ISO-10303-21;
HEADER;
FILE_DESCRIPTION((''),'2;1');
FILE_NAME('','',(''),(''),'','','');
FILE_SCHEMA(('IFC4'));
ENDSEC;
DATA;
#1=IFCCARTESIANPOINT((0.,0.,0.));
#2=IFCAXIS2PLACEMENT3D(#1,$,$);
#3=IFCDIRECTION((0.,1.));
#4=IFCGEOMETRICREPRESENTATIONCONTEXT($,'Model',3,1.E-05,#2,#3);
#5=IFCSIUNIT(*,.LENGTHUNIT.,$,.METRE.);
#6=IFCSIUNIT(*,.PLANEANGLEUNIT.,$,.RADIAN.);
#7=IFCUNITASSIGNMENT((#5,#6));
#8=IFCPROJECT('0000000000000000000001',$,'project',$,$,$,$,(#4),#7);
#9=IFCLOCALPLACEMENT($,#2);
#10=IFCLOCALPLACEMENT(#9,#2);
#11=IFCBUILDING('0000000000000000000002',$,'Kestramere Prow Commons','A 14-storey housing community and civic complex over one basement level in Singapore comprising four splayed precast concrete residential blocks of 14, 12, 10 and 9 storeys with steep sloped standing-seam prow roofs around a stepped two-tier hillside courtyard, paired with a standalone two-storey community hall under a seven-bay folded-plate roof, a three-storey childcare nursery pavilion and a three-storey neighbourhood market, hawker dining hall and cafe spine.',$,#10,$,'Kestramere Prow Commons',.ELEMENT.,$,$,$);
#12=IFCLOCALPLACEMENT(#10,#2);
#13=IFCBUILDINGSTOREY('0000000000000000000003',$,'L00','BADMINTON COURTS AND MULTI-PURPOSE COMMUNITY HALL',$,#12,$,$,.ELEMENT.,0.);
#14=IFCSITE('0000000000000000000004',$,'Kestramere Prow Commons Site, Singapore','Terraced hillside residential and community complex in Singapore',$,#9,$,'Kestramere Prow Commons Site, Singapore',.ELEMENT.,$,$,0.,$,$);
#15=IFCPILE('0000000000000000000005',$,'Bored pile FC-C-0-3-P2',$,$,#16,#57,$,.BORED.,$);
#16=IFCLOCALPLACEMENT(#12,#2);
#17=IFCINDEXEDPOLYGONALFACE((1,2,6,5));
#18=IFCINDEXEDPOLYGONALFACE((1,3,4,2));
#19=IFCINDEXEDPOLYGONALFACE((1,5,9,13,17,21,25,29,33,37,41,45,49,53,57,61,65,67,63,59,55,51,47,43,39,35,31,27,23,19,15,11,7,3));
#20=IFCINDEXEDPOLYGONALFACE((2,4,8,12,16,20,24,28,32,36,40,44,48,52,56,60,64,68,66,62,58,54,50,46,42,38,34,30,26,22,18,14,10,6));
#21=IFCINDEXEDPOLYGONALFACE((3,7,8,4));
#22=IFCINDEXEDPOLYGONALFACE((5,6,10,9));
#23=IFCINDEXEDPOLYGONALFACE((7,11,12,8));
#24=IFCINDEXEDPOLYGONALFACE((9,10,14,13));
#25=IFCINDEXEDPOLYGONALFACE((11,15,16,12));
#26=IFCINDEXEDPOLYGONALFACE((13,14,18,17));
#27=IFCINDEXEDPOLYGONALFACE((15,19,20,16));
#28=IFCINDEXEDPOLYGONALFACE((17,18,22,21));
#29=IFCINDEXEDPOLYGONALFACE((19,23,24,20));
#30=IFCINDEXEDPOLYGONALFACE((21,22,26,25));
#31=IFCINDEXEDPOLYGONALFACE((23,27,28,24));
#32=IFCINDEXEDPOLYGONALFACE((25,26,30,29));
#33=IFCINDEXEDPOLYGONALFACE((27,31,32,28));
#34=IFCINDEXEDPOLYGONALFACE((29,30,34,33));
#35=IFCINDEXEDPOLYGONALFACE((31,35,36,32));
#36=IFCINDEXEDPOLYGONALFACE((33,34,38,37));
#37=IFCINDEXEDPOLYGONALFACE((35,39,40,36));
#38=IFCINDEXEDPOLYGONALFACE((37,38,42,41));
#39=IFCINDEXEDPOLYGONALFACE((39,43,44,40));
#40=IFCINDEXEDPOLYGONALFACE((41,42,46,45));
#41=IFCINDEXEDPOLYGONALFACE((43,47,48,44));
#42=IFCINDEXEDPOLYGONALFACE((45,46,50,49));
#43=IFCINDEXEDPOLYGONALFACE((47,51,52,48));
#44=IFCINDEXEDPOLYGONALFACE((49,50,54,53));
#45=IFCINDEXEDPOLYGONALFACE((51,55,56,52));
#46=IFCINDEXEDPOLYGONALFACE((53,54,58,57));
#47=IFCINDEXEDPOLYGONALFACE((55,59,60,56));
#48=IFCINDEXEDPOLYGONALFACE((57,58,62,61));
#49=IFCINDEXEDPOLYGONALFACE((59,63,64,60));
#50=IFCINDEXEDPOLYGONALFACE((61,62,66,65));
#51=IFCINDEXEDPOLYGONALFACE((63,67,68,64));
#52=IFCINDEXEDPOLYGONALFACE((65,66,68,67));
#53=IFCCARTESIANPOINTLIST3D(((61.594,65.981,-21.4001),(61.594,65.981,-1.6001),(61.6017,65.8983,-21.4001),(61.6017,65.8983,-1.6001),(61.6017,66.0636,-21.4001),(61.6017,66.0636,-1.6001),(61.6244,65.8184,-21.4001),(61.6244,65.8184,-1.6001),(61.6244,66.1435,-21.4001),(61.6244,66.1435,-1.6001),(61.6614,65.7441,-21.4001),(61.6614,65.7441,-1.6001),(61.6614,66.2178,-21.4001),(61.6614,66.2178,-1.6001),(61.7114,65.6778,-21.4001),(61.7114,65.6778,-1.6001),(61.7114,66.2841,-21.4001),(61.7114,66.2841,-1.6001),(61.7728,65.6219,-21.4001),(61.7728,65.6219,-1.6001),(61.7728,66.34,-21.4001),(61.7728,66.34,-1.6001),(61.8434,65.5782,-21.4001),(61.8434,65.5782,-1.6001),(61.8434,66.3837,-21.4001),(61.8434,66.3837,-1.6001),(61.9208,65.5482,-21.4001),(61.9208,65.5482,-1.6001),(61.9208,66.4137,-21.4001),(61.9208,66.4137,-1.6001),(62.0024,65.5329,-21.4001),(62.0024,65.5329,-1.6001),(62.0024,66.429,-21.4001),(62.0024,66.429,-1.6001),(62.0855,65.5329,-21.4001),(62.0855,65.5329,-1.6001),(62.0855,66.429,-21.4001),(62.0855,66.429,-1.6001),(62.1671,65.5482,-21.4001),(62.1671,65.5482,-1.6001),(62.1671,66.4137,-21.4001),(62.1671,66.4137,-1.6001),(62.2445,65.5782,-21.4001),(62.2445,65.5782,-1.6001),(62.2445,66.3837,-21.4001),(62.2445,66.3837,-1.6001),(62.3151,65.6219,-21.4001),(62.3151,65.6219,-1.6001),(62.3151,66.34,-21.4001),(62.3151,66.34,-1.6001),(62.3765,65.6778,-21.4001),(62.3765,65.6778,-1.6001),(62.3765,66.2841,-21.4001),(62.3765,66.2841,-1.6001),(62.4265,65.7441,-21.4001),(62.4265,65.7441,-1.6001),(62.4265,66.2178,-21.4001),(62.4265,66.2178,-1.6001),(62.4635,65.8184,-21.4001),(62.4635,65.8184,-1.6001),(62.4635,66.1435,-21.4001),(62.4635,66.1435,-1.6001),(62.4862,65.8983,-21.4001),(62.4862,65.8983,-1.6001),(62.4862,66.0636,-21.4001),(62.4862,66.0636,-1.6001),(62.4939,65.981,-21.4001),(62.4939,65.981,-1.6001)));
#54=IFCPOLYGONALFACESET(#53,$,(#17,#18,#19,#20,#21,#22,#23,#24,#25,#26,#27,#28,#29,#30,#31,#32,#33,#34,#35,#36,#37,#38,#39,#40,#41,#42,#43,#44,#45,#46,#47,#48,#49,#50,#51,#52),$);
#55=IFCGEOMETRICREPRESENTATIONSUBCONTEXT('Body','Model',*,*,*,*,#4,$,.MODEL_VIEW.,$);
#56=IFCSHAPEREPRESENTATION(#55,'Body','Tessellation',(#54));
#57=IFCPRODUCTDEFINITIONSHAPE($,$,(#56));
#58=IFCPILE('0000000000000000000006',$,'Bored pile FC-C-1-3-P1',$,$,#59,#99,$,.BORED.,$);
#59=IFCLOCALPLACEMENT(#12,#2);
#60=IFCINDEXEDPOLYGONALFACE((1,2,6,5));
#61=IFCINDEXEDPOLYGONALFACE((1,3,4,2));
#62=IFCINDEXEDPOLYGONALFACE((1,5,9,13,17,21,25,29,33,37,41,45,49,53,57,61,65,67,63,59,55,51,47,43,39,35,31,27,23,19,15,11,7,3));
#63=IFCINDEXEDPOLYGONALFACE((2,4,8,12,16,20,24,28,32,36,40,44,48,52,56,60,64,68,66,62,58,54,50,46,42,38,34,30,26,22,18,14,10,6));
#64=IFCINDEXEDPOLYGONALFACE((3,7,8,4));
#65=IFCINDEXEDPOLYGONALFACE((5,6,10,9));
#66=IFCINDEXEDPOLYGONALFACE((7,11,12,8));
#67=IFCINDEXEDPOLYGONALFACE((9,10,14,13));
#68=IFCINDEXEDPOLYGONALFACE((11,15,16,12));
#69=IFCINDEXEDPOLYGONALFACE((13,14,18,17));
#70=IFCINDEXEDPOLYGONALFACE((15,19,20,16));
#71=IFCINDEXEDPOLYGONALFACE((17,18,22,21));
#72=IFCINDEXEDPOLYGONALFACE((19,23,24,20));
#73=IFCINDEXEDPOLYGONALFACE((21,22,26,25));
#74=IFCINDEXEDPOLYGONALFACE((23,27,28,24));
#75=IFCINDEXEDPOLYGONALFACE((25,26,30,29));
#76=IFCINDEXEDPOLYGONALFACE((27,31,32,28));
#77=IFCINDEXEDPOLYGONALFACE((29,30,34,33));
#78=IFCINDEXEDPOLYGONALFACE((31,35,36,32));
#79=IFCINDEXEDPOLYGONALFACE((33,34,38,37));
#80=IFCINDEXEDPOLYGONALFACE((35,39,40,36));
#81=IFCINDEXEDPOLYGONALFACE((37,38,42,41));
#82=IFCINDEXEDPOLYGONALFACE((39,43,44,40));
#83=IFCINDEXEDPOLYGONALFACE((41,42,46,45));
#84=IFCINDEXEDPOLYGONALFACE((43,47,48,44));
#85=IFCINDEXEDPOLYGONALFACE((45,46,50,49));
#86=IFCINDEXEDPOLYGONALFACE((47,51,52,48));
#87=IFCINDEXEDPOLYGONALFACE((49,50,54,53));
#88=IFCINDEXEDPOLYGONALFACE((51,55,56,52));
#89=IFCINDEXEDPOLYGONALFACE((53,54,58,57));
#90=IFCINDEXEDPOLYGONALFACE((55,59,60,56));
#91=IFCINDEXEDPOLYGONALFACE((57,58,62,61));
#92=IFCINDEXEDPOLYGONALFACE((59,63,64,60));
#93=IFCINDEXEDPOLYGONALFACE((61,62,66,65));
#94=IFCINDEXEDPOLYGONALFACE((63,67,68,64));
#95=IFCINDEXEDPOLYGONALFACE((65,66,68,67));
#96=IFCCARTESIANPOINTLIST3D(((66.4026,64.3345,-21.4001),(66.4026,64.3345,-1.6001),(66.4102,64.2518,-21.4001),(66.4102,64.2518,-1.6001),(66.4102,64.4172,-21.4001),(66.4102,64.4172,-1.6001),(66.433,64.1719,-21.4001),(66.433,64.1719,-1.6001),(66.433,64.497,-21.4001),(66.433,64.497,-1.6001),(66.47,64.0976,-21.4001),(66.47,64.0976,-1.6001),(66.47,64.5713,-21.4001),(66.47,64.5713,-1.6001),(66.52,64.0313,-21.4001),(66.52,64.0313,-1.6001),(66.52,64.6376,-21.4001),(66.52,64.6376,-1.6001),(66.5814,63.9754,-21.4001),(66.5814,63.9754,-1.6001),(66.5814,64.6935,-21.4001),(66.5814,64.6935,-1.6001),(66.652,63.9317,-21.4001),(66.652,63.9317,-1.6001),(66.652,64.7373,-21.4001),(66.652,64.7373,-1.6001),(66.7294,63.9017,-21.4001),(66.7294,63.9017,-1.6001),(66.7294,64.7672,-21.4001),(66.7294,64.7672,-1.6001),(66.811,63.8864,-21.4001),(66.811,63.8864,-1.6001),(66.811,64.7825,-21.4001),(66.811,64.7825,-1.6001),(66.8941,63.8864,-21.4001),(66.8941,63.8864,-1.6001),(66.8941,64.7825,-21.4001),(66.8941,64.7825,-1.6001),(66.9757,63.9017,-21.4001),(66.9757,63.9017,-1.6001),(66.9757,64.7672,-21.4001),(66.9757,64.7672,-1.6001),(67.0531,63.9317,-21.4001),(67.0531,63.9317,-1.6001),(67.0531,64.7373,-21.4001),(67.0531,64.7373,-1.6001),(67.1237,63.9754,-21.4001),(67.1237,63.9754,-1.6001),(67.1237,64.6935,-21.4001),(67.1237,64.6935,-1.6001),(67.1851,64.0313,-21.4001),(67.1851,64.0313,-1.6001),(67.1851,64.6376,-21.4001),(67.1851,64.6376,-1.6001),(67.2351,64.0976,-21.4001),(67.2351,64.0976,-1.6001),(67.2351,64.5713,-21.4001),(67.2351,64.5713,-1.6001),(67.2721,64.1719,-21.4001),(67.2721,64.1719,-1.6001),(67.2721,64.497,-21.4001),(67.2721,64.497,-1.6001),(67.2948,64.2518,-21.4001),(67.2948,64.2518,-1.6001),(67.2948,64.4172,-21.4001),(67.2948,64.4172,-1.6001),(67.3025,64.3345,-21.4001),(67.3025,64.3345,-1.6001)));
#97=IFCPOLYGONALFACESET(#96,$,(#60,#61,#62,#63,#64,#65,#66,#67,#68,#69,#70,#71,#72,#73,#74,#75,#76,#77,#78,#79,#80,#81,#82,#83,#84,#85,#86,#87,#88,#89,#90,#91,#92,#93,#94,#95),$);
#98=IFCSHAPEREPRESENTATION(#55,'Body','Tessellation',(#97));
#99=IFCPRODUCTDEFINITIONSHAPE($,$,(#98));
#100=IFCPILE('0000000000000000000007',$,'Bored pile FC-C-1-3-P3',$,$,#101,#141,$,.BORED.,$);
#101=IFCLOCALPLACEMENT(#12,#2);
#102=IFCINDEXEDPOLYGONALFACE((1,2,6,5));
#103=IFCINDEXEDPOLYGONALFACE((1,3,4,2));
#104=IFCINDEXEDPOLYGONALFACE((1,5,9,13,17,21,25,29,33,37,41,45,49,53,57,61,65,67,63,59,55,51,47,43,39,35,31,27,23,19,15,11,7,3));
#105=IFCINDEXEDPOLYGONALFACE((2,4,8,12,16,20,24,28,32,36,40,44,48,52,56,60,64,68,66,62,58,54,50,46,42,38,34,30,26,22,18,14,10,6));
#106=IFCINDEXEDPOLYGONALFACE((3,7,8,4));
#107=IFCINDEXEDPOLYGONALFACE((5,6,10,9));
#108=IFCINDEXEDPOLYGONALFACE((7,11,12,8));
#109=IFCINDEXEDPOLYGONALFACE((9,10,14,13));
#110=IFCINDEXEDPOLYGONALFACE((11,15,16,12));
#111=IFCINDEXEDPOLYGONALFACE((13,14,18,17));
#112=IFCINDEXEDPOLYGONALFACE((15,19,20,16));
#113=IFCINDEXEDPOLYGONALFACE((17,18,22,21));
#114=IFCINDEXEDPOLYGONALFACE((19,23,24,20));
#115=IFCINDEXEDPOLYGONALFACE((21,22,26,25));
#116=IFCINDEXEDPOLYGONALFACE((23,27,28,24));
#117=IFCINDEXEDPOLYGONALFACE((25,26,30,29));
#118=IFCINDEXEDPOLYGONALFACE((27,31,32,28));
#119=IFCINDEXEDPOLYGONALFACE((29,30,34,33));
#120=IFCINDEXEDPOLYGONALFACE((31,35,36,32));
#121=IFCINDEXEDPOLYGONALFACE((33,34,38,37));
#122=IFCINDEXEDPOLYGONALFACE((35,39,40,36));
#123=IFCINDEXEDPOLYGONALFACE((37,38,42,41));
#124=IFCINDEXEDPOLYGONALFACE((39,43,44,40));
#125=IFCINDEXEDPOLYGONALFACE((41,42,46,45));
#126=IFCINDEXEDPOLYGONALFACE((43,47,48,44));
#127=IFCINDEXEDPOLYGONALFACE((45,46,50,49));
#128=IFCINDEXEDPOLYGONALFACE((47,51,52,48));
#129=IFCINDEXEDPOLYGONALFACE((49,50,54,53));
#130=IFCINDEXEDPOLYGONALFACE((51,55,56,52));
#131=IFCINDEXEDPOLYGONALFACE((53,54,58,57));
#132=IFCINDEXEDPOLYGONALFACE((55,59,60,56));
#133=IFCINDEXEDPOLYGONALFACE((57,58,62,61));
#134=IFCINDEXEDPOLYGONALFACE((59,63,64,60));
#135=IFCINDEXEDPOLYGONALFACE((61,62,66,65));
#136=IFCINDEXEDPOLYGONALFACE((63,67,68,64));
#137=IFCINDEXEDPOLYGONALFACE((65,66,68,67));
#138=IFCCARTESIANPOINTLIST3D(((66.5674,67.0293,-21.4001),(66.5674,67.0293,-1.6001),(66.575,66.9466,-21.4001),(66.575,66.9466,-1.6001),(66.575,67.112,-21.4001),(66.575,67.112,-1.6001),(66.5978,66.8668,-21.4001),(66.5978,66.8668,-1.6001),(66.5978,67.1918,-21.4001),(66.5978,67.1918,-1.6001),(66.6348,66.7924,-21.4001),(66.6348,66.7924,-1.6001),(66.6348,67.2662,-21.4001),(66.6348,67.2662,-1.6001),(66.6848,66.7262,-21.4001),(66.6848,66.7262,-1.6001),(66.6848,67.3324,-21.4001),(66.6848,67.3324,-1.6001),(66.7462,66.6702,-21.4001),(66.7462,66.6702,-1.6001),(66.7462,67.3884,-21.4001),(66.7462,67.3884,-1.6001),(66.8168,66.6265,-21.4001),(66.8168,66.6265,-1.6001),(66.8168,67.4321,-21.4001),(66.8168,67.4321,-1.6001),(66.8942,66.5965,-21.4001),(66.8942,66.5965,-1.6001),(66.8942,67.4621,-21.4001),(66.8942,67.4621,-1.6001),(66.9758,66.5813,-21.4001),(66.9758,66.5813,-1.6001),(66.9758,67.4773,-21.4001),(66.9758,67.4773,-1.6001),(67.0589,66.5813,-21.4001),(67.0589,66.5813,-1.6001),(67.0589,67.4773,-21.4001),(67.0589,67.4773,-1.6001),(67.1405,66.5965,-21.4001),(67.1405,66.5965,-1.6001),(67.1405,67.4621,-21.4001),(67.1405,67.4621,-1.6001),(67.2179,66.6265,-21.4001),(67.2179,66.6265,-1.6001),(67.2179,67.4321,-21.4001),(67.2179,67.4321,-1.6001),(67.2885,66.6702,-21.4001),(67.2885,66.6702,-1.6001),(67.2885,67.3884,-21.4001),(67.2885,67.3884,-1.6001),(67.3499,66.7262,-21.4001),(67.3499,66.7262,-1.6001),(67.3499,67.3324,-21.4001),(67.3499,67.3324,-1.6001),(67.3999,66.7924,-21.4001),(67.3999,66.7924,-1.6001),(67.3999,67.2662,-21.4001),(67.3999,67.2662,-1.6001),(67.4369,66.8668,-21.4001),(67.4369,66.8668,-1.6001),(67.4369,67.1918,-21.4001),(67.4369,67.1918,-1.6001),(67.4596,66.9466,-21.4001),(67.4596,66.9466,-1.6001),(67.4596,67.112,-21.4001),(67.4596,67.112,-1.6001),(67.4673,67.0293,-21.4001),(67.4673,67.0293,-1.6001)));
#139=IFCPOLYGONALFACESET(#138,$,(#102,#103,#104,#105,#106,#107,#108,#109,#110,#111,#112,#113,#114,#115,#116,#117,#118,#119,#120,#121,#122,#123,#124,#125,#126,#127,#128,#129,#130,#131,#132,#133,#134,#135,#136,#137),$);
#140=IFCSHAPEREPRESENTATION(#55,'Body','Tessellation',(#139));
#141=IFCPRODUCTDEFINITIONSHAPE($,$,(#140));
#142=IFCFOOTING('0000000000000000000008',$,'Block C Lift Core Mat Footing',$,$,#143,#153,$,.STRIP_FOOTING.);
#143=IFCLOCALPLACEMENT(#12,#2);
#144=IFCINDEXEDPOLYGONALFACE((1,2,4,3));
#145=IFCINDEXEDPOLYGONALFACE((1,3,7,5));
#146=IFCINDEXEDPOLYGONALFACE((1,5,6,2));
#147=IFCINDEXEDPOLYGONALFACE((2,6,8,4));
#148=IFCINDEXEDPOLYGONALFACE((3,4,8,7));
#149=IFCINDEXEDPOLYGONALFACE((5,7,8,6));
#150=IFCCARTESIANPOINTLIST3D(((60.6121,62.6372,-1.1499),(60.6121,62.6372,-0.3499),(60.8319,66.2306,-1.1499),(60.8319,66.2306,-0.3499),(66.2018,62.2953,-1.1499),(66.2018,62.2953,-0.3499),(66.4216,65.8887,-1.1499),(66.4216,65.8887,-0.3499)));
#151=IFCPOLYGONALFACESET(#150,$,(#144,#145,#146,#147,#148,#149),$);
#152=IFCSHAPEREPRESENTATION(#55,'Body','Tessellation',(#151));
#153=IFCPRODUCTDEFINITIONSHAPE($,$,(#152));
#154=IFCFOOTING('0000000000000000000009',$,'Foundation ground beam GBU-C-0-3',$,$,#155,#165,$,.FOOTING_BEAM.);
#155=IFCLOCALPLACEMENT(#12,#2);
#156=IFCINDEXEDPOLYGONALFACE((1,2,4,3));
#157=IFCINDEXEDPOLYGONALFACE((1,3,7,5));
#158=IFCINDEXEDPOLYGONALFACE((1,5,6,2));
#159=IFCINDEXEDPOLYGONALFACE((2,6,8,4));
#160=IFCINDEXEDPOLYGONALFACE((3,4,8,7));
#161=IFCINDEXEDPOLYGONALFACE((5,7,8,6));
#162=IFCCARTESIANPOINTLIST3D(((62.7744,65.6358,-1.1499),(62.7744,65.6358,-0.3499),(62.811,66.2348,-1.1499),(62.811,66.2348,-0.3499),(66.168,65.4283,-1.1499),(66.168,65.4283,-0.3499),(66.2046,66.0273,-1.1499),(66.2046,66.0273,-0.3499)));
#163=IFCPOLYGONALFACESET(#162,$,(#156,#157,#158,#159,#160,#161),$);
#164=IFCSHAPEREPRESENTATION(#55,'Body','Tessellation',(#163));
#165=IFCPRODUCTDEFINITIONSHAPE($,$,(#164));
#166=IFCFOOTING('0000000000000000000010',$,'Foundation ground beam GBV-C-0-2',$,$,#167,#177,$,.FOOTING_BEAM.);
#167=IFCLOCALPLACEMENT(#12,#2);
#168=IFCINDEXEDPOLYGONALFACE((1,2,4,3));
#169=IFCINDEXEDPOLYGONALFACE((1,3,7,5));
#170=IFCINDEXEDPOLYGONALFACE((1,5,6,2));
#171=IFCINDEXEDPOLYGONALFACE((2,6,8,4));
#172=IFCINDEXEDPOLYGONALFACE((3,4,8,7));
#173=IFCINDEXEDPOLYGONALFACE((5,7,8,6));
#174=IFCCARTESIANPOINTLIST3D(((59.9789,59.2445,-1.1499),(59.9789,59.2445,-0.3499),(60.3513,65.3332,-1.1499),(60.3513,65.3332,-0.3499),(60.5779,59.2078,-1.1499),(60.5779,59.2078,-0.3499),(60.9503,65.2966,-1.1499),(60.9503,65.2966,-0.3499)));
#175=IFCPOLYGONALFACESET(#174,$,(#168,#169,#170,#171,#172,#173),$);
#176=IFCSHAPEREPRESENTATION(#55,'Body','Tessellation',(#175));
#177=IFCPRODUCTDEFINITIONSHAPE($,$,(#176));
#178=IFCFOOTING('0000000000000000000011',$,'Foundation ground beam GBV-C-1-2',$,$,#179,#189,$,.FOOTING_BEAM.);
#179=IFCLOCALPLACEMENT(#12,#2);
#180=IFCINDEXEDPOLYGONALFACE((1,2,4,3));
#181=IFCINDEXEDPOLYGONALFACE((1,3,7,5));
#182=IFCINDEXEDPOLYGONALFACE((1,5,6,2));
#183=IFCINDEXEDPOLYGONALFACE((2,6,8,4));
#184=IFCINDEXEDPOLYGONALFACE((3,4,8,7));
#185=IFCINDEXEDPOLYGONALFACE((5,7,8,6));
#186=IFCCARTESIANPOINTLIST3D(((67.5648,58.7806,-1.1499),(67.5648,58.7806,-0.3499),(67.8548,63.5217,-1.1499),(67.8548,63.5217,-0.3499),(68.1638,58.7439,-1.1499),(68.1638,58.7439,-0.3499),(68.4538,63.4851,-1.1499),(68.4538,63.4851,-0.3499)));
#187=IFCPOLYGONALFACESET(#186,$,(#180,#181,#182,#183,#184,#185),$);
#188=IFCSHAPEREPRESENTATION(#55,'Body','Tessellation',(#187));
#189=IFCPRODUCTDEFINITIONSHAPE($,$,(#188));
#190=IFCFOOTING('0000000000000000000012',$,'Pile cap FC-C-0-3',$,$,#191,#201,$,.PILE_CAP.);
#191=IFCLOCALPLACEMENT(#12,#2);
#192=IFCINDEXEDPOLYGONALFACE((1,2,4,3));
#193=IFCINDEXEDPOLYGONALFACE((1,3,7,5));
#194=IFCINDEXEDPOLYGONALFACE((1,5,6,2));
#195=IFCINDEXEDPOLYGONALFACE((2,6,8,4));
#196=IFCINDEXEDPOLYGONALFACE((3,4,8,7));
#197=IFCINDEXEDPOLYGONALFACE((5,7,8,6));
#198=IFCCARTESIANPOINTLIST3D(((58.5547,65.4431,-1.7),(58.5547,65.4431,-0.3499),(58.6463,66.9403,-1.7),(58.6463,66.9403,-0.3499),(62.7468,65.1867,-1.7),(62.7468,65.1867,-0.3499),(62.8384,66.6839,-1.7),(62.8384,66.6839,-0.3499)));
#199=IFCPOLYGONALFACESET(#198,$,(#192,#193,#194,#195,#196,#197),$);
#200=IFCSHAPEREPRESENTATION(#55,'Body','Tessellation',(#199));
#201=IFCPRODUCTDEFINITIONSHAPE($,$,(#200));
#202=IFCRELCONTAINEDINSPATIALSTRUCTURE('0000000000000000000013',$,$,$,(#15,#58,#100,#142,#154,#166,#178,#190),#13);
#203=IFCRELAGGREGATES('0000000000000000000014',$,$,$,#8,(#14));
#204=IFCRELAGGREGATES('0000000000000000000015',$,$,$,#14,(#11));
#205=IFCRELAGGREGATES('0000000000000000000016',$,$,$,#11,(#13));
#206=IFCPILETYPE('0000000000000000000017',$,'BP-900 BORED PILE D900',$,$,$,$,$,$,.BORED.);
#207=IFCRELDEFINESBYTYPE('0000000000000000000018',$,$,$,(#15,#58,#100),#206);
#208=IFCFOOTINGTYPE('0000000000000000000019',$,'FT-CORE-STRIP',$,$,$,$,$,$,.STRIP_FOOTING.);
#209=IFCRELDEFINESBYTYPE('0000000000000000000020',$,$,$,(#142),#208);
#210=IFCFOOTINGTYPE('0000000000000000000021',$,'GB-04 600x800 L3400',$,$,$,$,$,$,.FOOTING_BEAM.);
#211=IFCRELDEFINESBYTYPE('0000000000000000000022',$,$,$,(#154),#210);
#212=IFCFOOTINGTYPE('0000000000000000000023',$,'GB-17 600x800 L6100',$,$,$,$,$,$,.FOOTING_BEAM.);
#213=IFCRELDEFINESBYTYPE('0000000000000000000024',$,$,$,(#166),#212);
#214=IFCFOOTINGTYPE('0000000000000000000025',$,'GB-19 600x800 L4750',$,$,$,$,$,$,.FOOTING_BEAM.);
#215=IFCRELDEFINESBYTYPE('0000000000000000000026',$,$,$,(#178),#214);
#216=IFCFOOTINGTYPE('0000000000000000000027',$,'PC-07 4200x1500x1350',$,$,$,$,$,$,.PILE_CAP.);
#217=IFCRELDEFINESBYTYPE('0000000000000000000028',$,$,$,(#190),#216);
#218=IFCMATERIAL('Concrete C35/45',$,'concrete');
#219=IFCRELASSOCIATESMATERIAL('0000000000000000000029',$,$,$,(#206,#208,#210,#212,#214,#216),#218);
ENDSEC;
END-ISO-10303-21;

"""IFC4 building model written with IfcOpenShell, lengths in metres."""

from ifc_helpers import new_model, si_unit, direction, frame, origin, origin_2d, place, context, subcontext, project, spatial, rectangle, circle, extrude, material, material_profile, profile_set, type_object, element, save


model = new_model("IFC4")

# Units and contexts
model_context = context("Model", 3, precision=1e-05, world=origin(), true_north=direction((0.0, 1.0)))
body_context = subcontext(model_context, "Body", "Model", "MODEL_VIEW")
ifc_project = project(units=[si_unit("LENGTHUNIT", "METRE"), si_unit("PLANEANGLEUNIT", "RADIAN")], contexts=[model_context])

# Site, building, storey
site_placement = place(None, origin())
site = spatial("IfcSite", under=ifc_project, at=site_placement, Name="Kestramere Prow Commons Site, Singapore", Description="Terraced hillside residential and community complex in Singapore", LongName="Kestramere Prow Commons Site, Singapore", CompositionType="ELEMENT", RefElevation=0.0)
building_placement = place(site_placement, origin())
building = spatial("IfcBuilding", under=site, at=building_placement, Name="Kestramere Prow Commons", Description="A 14-storey housing community and civic complex over one basement level in Singapore comprising four splayed precast concrete residential blocks of 14, 12, 10 and 9 storeys with steep sloped standing-seam prow roofs around a stepped two-tier hillside courtyard, paired with a standalone two-storey community hall under a seven-bay folded-plate roof, a three-storey childcare nursery pavilion and a three-storey neighbourhood market, hawker dining hall and cafe spine.", LongName="Kestramere Prow Commons", CompositionType="ELEMENT")
storey_placement = place(building_placement, origin())
storey = spatial("IfcBuildingStorey", under=building, at=storey_placement, Name="L00", Description="BADMINTON COURTS AND MULTI-PURPOSE COMMUNITY HALL", CompositionType="ELEMENT", Elevation=0.0)

# Piles
ifc_material_1 = material(Name="Concrete C35/45", Category="concrete")
ifc_material_profile_1 = material_profile(ifc_material_1, circle(Radius=0.45, at=origin_2d()), Name="BORED PILE D900")
ifc_profile_set_1 = profile_set([ifc_material_profile_1], Name="Concrete C35/45")
pile_type_1 = type_object("IfcPileType", Name="BP-900 BORED PILE D900", PredefinedType="BORED", material=ifc_profile_set_1)
for number, where, z_axis, x_axis, name in (
    (1, (62.0439, 65.981, -1.6001), (0.0, 0.0, -1.0), (1.0, 0.0, 0.0), "Bored pile FC-C-0-3-P2"),
    (2, (66.8525, 64.3345, -1.6001), (0.0, 0.0, -1.0), (1.0, 0.0, 0.0), "Bored pile FC-C-1-3-P1"),
    (3, (67.0173, 67.0293, -1.6001), (0.0, 0.0, -1.0), (1.0, 0.0, 0.0), "Bored pile FC-C-1-3-P3"),
):
    element("IfcPile", number, at=place(storey_placement, frame(where, z_axis=z_axis, x_axis=x_axis)), inside=storey, type_object=pile_type_1, Name=name, PredefinedType="BORED", context=body_context, shape_type="SweptSolid", body=[
        extrude(circle(Radius=0.45, at=origin_2d()), origin(), (0.0, 0.0, 1.0), 19.8),
    ])

# Footings
footing_type_1 = type_object("IfcFootingType", Name="FT-CORE-STRIP", PredefinedType="STRIP_FOOTING", material=ifc_material_1)
footing_1_placement = place(storey_placement, frame((63.5168, 64.2629, -1.1499), z_axis=(0.0, 0.0, 1.0), x_axis=(0.998135, -0.061049, 0.0)))
element("IfcFooting", 4, at=footing_1_placement, inside=storey, type_object=footing_type_1, Name="Block C Lift Core Mat Footing", PredefinedType="STRIP_FOOTING", context=body_context, shape_type="SweptSolid", body=[
    extrude(rectangle(XDim=5.6001, YDim=3.6001, at=origin_2d()), origin(), (0.0, 0.0, 1.0), 0.8),
])
footing_type_2 = type_object("IfcFootingType", Name="GB-04 600x800 L3400", PredefinedType="FOOTING_BEAM", material=ifc_material_1)
footing_2_placement = place(storey_placement, frame((64.4895, 65.8315, -1.1499), z_axis=(0.0, 0.0, 1.0), x_axis=(0.998135, -0.061049, 0.0)))
element("IfcFooting", 5, at=footing_2_placement, inside=storey, type_object=footing_type_2, Name="Foundation ground beam GBU-C-0-3", PredefinedType="FOOTING_BEAM", context=body_context, shape_type="SweptSolid", body=[
    extrude(rectangle(XDim=3.3999, YDim=0.6001, at=origin_2d()), origin(), (0.0, 0.0, 1.0), 0.8),
])
footing_type_3 = type_object("IfcFootingType", Name="GB-17 600x800 L6100", PredefinedType="FOOTING_BEAM", material=ifc_material_1)
footing_3_placement = place(storey_placement, frame((60.4646, 62.2705, -1.1499), z_axis=(0.0, 0.0, 1.0), x_axis=(0.061049, 0.998135, 0.0)))
element("IfcFooting", 6, at=footing_3_placement, inside=storey, type_object=footing_type_3, Name="Foundation ground beam GBV-C-0-2", PredefinedType="FOOTING_BEAM", context=body_context, shape_type="SweptSolid", body=[
    extrude(rectangle(XDim=6.1001, YDim=0.6001, at=origin_2d()), origin(), (0.0, 0.0, 1.0), 0.8),
])
footing_type_4 = type_object("IfcFootingType", Name="GB-19 600x800 L4750", PredefinedType="FOOTING_BEAM", material=ifc_material_1)
footing_4_placement = place(storey_placement, frame((68.0093, 61.1328, -1.1499), z_axis=(0.0, 0.0, 1.0), x_axis=(0.061049, 0.998135, 0.0)))
element("IfcFooting", 7, at=footing_4_placement, inside=storey, type_object=footing_type_4, Name="Foundation ground beam GBV-C-1-2", PredefinedType="FOOTING_BEAM", context=body_context, shape_type="SweptSolid", body=[
    extrude(rectangle(XDim=4.75, YDim=0.6001, at=origin_2d()), origin(), (0.0, 0.0, 1.0), 0.8),
])
footing_type_5 = type_object("IfcFootingType", Name="PC-07 4200x1500x1350", PredefinedType="PILE_CAP", material=ifc_material_1)
footing_5_placement = place(storey_placement, frame((60.6965, 66.0635, -1.7), z_axis=(0.0, 0.0, 1.0), x_axis=(0.998135, -0.061049, 0.0)))
element("IfcFooting", 8, at=footing_5_placement, inside=storey, type_object=footing_type_5, Name="Pile cap FC-C-0-3", PredefinedType="PILE_CAP", context=body_context, shape_type="SweptSolid", body=[
    extrude(rectangle(XDim=4.2, YDim=1.5, at=origin_2d()), origin(), (0.0, 0.0, 1.0), 1.3501),
])

save(model, "model.ifc")
